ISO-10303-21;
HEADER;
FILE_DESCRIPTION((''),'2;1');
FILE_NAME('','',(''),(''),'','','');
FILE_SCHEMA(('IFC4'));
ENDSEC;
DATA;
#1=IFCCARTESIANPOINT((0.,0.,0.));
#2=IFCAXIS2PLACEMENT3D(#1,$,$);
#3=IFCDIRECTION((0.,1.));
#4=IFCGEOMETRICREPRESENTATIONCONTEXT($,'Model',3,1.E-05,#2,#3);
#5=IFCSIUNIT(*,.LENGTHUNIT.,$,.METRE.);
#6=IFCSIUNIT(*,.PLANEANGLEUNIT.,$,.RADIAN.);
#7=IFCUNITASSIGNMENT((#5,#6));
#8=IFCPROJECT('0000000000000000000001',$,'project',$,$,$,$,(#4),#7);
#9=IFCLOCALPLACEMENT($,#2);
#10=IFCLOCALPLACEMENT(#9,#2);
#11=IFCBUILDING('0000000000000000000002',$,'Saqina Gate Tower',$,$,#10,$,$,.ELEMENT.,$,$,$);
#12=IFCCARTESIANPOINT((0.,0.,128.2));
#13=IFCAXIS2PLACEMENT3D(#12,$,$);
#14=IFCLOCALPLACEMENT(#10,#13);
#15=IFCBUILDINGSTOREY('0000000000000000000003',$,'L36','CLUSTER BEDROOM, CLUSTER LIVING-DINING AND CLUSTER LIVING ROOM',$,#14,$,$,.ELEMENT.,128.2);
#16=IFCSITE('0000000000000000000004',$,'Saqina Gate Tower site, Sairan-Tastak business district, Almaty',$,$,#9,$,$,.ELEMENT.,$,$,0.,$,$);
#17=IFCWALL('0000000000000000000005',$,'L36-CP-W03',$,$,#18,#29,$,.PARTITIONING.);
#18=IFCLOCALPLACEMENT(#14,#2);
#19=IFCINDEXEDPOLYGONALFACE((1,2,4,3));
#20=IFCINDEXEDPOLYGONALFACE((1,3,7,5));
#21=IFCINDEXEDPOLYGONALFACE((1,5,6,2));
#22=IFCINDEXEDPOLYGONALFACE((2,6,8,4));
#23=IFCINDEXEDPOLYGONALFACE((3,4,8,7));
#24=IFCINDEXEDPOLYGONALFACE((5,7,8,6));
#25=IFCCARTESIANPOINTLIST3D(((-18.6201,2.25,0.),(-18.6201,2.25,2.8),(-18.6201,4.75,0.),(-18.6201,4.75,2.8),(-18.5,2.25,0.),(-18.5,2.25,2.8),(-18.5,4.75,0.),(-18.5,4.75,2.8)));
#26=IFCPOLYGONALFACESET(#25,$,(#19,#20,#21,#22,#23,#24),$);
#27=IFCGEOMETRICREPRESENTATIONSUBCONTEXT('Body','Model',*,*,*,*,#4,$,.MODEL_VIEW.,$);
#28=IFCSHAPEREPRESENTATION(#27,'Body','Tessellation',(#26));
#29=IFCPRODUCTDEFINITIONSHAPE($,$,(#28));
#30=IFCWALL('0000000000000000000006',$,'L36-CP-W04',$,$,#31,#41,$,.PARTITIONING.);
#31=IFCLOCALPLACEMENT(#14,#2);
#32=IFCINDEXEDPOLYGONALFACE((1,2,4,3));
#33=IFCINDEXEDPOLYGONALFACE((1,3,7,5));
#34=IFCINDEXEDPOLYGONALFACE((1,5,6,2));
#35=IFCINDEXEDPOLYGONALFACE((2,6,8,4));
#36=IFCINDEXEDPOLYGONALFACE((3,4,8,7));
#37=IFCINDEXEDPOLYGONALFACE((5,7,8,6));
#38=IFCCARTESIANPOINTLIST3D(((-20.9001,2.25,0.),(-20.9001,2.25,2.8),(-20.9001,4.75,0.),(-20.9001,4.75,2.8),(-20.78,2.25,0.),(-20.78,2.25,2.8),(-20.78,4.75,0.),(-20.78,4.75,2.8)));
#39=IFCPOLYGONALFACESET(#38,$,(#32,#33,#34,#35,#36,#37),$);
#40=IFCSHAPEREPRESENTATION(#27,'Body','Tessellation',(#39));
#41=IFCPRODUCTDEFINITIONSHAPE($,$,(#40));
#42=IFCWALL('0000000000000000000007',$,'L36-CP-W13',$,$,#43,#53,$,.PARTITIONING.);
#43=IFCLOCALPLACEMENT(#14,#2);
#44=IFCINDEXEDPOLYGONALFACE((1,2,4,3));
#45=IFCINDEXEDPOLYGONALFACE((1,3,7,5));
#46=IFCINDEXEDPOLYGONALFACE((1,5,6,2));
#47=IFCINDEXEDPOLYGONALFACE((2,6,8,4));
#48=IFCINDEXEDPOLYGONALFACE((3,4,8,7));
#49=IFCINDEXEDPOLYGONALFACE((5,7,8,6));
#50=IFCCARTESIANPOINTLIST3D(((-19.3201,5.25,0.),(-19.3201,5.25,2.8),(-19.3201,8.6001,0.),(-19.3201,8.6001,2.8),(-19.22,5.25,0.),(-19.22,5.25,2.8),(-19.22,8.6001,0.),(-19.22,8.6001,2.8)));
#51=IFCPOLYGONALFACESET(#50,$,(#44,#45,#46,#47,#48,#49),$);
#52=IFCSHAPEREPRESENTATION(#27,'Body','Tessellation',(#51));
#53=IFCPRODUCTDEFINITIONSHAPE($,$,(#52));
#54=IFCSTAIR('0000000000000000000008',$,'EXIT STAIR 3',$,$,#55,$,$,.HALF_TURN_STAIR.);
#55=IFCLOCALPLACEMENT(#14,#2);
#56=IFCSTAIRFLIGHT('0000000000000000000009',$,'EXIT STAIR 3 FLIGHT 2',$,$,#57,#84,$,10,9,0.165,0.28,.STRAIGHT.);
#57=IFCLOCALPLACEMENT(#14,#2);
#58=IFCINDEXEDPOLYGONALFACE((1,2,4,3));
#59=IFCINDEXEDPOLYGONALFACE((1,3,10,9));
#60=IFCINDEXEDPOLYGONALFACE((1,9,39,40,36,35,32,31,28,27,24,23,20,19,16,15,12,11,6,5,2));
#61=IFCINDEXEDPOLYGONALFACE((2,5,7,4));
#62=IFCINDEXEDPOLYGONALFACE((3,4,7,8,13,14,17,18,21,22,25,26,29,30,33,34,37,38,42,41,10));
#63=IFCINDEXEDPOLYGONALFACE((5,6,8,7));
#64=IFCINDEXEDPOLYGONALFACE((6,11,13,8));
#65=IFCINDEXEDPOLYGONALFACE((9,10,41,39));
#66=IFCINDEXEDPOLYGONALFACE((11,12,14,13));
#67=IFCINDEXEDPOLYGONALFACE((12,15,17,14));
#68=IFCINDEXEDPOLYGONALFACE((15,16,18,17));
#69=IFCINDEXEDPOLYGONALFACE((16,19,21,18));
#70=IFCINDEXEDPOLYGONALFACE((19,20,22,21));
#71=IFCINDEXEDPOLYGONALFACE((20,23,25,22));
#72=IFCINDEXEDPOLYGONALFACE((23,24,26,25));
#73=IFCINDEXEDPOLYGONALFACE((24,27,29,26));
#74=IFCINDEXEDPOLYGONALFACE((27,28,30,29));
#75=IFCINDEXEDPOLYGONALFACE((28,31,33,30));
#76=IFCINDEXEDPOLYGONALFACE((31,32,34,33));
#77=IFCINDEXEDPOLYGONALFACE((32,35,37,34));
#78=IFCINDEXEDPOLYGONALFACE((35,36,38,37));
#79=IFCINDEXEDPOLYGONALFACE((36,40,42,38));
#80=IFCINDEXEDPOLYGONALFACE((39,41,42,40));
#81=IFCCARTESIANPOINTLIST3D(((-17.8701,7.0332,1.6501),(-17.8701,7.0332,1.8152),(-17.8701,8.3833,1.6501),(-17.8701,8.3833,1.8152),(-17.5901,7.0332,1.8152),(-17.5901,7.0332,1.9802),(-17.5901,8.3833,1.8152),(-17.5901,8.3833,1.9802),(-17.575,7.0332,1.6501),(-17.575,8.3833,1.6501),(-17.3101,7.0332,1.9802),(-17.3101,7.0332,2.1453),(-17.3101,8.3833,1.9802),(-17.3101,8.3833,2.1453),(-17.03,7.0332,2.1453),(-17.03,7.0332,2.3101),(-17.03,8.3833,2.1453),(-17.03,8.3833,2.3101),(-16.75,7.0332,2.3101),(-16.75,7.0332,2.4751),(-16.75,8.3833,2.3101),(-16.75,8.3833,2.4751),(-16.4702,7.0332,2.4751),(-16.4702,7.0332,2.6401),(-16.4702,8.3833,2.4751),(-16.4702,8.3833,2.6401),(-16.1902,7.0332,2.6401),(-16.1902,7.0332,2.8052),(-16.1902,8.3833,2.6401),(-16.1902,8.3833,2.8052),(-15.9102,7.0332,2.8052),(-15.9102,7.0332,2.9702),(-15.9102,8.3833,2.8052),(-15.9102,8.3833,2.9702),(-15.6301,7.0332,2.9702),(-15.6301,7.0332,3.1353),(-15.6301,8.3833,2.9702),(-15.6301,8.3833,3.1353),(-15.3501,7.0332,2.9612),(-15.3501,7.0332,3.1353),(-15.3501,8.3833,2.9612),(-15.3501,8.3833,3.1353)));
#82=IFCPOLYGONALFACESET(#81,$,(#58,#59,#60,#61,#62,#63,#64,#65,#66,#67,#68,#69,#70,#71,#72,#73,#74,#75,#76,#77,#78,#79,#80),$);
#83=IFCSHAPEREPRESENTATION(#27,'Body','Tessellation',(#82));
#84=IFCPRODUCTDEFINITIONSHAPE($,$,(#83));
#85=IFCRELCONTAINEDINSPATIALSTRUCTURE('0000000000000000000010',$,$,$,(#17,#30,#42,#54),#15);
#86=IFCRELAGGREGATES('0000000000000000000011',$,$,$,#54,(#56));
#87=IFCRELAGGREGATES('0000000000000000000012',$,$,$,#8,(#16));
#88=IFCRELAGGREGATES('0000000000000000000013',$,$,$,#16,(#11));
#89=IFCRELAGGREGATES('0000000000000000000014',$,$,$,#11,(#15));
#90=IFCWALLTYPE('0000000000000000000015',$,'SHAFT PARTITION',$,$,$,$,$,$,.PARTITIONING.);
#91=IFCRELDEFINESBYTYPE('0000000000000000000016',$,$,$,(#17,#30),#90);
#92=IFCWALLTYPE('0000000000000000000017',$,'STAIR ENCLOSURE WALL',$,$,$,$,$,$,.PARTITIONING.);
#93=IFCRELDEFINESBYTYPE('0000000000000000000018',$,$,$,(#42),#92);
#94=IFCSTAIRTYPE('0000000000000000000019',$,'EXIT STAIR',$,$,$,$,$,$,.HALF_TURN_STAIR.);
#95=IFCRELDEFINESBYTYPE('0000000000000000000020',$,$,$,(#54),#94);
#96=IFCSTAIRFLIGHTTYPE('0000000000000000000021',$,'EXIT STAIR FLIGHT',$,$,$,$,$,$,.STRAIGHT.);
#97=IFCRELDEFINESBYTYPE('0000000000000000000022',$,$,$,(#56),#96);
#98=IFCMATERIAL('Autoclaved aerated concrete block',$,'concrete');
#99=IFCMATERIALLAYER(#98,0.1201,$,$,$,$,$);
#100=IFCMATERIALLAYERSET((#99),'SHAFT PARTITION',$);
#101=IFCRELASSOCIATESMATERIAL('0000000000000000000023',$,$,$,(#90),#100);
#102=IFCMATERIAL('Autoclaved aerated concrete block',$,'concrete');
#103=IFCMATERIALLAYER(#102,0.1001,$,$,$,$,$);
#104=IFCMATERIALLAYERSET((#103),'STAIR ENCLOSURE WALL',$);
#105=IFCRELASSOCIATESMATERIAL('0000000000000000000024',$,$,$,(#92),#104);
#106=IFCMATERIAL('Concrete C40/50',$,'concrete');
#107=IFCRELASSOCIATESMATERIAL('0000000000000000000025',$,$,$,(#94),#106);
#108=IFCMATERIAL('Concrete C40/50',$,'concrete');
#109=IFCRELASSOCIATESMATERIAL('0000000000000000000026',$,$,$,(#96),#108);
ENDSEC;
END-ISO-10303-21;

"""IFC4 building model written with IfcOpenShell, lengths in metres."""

from ifc_helpers import new_model, si_unit, direction, frame, frame_2d, origin, place, context, subcontext, project, spatial, polyline, rectangle, outline, extrude, material, layer, layer_set, type_object, element, aggregate, save


model = new_model("IFC4")

# Units and contexts
model_context = context("Model", 3, precision=1e-05, world=origin(), true_north=direction((0.0, 1.0)))
body_context = subcontext(model_context, "Body", "Model", "MODEL_VIEW")
ifc_project = project(units=[si_unit("LENGTHUNIT", "METRE"), si_unit("PLANEANGLEUNIT", "RADIAN")], contexts=[model_context])

# Site, building, storey
site_placement = place(None, origin())
site = spatial("IfcSite", under=ifc_project, at=site_placement, Name="Saqina Gate Tower site, Sairan-Tastak business district, Almaty", CompositionType="ELEMENT", RefElevation=0.0)
building_placement = place(site_placement, origin())
building = spatial("IfcBuilding", under=site, at=building_placement, Name="Saqina Gate Tower", CompositionType="ELEMENT")
storey_placement = place(building_placement, frame((0.0, 0.0, 128.2)))
storey = spatial("IfcBuildingStorey", under=building, at=storey_placement, Name="L36", Description="CLUSTER BEDROOM, CLUSTER LIVING-DINING AND CLUSTER LIVING ROOM", CompositionType="ELEMENT", Elevation=128.2)

# Walls
ifc_material_1 = material(Name="Autoclaved aerated concrete block", Category="concrete")
ifc_layer_1 = layer(ifc_material_1, 0.1201)
ifc_layer_set_1 = layer_set([ifc_layer_1], Name="SHAFT PARTITION")
wall_type_1 = type_object("IfcWallType", Name="SHAFT PARTITION", PredefinedType="PARTITIONING", material=ifc_layer_set_1)
for number, where, z_axis, x_axis, name in (
    (1, (-18.5601, 2.25, 0.0), (0.0, 0.0, 1.0), (0.0, 1.0, 0.0), "L36-CP-W03"),
    (2, (-20.8401, 2.25, 0.0), (0.0, 0.0, 1.0), (0.0, 1.0, 0.0), "L36-CP-W04"),
):
    element("IfcWall", number, at=place(storey_placement, frame(where, z_axis=z_axis, x_axis=x_axis)), inside=storey, type_object=wall_type_1, Name=name, PredefinedType="PARTITIONING", context=body_context, shape_type="SweptSolid", body=[
        extrude(rectangle(XDim=2.5, YDim=0.1201, at=frame_2d((1.25, 0.0))), origin(), (0.0, 0.0, 1.0), 2.8),
    ])
ifc_material_2 = material(Name="Autoclaved aerated concrete block", Category="concrete")
ifc_layer_2 = layer(ifc_material_2, 0.1001)
ifc_layer_set_2 = layer_set([ifc_layer_2], Name="STAIR ENCLOSURE WALL")
wall_type_2 = type_object("IfcWallType", Name="STAIR ENCLOSURE WALL", PredefinedType="PARTITIONING", material=ifc_layer_set_2)
wall_1_placement = place(storey_placement, frame((-19.27, 5.25, 0.0), z_axis=(0.0, 0.0, 1.0), x_axis=(0.0, 1.0, 0.0)))
element("IfcWall", 3, at=wall_1_placement, inside=storey, type_object=wall_type_2, Name="L36-CP-W13", PredefinedType="PARTITIONING", context=body_context, shape_type="SweptSolid", body=[
    extrude(rectangle(XDim=3.3501, YDim=0.1001, at=frame_2d((1.675, 0.0))), origin(), (0.0, 0.0, 1.0), 2.8),
])

# Stair, stair flight
ifc_material_3 = material(Name="Concrete C40/50", Category="concrete")
stair_type = type_object("IfcStairType", Name="EXIT STAIR", PredefinedType="HALF_TURN_STAIR", material=ifc_material_3)
stair_placement = place(storey_placement, origin())
stair = element("IfcStair", 4, at=stair_placement, inside=storey, type_object=stair_type, Name="EXIT STAIR 3", PredefinedType="HALF_TURN_STAIR")
ifc_material_4 = material(Name="Concrete C40/50", Category="concrete")
stair_flight_type = type_object("IfcStairFlightType", Name="EXIT STAIR FLIGHT", PredefinedType="STRAIGHT", material=ifc_material_4)
stair_flight_placement = place(storey_placement, frame((-17.8701, 7.7083, 1.6501), z_axis=(0.0, 0.0, 1.0), x_axis=(1.0, 0.0, 0.0)))
stair_flight = element("IfcStairFlight", 5, at=stair_flight_placement, type_object=stair_flight_type, Name="EXIT STAIR 3 FLIGHT 2", NumberOfRisers=10, NumberOfTreads=9, PredefinedType="STRAIGHT", RiserHeight=0.165, TreadLength=0.28, context=body_context, shape_type="SweptSolid", body=[
    extrude(outline(polyline([(0.0, 0.0), (0.0, 0.165), (0.28, 0.165), (0.28, 0.3301), (0.5601, 0.3301), (0.5601, 0.4951), (0.8401, 0.4951), (0.8401, 0.6599), (1.1201, 0.6599), (1.1201, 0.825), (1.3999, 0.825), (1.3999, 0.99), (1.6799, 0.99), (1.6799, 1.155), (1.96, 1.155), (1.96, 1.3201), (2.24, 1.3201), (2.24, 1.4851), (2.52, 1.4851), (2.52, 1.6499), (2.52, 1.311), (0.2952, 0.0), (0.0, 0.0)])), frame((0.0, 0.675, 0.0), z_axis=(0.0, -1.0, 0.0), x_axis=(1.0, 0.0, 0.0)), (0.0, 0.0, 1.0), 1.3501),
])
aggregate(stair, [stair_flight])

save(model, "model.ifc")
